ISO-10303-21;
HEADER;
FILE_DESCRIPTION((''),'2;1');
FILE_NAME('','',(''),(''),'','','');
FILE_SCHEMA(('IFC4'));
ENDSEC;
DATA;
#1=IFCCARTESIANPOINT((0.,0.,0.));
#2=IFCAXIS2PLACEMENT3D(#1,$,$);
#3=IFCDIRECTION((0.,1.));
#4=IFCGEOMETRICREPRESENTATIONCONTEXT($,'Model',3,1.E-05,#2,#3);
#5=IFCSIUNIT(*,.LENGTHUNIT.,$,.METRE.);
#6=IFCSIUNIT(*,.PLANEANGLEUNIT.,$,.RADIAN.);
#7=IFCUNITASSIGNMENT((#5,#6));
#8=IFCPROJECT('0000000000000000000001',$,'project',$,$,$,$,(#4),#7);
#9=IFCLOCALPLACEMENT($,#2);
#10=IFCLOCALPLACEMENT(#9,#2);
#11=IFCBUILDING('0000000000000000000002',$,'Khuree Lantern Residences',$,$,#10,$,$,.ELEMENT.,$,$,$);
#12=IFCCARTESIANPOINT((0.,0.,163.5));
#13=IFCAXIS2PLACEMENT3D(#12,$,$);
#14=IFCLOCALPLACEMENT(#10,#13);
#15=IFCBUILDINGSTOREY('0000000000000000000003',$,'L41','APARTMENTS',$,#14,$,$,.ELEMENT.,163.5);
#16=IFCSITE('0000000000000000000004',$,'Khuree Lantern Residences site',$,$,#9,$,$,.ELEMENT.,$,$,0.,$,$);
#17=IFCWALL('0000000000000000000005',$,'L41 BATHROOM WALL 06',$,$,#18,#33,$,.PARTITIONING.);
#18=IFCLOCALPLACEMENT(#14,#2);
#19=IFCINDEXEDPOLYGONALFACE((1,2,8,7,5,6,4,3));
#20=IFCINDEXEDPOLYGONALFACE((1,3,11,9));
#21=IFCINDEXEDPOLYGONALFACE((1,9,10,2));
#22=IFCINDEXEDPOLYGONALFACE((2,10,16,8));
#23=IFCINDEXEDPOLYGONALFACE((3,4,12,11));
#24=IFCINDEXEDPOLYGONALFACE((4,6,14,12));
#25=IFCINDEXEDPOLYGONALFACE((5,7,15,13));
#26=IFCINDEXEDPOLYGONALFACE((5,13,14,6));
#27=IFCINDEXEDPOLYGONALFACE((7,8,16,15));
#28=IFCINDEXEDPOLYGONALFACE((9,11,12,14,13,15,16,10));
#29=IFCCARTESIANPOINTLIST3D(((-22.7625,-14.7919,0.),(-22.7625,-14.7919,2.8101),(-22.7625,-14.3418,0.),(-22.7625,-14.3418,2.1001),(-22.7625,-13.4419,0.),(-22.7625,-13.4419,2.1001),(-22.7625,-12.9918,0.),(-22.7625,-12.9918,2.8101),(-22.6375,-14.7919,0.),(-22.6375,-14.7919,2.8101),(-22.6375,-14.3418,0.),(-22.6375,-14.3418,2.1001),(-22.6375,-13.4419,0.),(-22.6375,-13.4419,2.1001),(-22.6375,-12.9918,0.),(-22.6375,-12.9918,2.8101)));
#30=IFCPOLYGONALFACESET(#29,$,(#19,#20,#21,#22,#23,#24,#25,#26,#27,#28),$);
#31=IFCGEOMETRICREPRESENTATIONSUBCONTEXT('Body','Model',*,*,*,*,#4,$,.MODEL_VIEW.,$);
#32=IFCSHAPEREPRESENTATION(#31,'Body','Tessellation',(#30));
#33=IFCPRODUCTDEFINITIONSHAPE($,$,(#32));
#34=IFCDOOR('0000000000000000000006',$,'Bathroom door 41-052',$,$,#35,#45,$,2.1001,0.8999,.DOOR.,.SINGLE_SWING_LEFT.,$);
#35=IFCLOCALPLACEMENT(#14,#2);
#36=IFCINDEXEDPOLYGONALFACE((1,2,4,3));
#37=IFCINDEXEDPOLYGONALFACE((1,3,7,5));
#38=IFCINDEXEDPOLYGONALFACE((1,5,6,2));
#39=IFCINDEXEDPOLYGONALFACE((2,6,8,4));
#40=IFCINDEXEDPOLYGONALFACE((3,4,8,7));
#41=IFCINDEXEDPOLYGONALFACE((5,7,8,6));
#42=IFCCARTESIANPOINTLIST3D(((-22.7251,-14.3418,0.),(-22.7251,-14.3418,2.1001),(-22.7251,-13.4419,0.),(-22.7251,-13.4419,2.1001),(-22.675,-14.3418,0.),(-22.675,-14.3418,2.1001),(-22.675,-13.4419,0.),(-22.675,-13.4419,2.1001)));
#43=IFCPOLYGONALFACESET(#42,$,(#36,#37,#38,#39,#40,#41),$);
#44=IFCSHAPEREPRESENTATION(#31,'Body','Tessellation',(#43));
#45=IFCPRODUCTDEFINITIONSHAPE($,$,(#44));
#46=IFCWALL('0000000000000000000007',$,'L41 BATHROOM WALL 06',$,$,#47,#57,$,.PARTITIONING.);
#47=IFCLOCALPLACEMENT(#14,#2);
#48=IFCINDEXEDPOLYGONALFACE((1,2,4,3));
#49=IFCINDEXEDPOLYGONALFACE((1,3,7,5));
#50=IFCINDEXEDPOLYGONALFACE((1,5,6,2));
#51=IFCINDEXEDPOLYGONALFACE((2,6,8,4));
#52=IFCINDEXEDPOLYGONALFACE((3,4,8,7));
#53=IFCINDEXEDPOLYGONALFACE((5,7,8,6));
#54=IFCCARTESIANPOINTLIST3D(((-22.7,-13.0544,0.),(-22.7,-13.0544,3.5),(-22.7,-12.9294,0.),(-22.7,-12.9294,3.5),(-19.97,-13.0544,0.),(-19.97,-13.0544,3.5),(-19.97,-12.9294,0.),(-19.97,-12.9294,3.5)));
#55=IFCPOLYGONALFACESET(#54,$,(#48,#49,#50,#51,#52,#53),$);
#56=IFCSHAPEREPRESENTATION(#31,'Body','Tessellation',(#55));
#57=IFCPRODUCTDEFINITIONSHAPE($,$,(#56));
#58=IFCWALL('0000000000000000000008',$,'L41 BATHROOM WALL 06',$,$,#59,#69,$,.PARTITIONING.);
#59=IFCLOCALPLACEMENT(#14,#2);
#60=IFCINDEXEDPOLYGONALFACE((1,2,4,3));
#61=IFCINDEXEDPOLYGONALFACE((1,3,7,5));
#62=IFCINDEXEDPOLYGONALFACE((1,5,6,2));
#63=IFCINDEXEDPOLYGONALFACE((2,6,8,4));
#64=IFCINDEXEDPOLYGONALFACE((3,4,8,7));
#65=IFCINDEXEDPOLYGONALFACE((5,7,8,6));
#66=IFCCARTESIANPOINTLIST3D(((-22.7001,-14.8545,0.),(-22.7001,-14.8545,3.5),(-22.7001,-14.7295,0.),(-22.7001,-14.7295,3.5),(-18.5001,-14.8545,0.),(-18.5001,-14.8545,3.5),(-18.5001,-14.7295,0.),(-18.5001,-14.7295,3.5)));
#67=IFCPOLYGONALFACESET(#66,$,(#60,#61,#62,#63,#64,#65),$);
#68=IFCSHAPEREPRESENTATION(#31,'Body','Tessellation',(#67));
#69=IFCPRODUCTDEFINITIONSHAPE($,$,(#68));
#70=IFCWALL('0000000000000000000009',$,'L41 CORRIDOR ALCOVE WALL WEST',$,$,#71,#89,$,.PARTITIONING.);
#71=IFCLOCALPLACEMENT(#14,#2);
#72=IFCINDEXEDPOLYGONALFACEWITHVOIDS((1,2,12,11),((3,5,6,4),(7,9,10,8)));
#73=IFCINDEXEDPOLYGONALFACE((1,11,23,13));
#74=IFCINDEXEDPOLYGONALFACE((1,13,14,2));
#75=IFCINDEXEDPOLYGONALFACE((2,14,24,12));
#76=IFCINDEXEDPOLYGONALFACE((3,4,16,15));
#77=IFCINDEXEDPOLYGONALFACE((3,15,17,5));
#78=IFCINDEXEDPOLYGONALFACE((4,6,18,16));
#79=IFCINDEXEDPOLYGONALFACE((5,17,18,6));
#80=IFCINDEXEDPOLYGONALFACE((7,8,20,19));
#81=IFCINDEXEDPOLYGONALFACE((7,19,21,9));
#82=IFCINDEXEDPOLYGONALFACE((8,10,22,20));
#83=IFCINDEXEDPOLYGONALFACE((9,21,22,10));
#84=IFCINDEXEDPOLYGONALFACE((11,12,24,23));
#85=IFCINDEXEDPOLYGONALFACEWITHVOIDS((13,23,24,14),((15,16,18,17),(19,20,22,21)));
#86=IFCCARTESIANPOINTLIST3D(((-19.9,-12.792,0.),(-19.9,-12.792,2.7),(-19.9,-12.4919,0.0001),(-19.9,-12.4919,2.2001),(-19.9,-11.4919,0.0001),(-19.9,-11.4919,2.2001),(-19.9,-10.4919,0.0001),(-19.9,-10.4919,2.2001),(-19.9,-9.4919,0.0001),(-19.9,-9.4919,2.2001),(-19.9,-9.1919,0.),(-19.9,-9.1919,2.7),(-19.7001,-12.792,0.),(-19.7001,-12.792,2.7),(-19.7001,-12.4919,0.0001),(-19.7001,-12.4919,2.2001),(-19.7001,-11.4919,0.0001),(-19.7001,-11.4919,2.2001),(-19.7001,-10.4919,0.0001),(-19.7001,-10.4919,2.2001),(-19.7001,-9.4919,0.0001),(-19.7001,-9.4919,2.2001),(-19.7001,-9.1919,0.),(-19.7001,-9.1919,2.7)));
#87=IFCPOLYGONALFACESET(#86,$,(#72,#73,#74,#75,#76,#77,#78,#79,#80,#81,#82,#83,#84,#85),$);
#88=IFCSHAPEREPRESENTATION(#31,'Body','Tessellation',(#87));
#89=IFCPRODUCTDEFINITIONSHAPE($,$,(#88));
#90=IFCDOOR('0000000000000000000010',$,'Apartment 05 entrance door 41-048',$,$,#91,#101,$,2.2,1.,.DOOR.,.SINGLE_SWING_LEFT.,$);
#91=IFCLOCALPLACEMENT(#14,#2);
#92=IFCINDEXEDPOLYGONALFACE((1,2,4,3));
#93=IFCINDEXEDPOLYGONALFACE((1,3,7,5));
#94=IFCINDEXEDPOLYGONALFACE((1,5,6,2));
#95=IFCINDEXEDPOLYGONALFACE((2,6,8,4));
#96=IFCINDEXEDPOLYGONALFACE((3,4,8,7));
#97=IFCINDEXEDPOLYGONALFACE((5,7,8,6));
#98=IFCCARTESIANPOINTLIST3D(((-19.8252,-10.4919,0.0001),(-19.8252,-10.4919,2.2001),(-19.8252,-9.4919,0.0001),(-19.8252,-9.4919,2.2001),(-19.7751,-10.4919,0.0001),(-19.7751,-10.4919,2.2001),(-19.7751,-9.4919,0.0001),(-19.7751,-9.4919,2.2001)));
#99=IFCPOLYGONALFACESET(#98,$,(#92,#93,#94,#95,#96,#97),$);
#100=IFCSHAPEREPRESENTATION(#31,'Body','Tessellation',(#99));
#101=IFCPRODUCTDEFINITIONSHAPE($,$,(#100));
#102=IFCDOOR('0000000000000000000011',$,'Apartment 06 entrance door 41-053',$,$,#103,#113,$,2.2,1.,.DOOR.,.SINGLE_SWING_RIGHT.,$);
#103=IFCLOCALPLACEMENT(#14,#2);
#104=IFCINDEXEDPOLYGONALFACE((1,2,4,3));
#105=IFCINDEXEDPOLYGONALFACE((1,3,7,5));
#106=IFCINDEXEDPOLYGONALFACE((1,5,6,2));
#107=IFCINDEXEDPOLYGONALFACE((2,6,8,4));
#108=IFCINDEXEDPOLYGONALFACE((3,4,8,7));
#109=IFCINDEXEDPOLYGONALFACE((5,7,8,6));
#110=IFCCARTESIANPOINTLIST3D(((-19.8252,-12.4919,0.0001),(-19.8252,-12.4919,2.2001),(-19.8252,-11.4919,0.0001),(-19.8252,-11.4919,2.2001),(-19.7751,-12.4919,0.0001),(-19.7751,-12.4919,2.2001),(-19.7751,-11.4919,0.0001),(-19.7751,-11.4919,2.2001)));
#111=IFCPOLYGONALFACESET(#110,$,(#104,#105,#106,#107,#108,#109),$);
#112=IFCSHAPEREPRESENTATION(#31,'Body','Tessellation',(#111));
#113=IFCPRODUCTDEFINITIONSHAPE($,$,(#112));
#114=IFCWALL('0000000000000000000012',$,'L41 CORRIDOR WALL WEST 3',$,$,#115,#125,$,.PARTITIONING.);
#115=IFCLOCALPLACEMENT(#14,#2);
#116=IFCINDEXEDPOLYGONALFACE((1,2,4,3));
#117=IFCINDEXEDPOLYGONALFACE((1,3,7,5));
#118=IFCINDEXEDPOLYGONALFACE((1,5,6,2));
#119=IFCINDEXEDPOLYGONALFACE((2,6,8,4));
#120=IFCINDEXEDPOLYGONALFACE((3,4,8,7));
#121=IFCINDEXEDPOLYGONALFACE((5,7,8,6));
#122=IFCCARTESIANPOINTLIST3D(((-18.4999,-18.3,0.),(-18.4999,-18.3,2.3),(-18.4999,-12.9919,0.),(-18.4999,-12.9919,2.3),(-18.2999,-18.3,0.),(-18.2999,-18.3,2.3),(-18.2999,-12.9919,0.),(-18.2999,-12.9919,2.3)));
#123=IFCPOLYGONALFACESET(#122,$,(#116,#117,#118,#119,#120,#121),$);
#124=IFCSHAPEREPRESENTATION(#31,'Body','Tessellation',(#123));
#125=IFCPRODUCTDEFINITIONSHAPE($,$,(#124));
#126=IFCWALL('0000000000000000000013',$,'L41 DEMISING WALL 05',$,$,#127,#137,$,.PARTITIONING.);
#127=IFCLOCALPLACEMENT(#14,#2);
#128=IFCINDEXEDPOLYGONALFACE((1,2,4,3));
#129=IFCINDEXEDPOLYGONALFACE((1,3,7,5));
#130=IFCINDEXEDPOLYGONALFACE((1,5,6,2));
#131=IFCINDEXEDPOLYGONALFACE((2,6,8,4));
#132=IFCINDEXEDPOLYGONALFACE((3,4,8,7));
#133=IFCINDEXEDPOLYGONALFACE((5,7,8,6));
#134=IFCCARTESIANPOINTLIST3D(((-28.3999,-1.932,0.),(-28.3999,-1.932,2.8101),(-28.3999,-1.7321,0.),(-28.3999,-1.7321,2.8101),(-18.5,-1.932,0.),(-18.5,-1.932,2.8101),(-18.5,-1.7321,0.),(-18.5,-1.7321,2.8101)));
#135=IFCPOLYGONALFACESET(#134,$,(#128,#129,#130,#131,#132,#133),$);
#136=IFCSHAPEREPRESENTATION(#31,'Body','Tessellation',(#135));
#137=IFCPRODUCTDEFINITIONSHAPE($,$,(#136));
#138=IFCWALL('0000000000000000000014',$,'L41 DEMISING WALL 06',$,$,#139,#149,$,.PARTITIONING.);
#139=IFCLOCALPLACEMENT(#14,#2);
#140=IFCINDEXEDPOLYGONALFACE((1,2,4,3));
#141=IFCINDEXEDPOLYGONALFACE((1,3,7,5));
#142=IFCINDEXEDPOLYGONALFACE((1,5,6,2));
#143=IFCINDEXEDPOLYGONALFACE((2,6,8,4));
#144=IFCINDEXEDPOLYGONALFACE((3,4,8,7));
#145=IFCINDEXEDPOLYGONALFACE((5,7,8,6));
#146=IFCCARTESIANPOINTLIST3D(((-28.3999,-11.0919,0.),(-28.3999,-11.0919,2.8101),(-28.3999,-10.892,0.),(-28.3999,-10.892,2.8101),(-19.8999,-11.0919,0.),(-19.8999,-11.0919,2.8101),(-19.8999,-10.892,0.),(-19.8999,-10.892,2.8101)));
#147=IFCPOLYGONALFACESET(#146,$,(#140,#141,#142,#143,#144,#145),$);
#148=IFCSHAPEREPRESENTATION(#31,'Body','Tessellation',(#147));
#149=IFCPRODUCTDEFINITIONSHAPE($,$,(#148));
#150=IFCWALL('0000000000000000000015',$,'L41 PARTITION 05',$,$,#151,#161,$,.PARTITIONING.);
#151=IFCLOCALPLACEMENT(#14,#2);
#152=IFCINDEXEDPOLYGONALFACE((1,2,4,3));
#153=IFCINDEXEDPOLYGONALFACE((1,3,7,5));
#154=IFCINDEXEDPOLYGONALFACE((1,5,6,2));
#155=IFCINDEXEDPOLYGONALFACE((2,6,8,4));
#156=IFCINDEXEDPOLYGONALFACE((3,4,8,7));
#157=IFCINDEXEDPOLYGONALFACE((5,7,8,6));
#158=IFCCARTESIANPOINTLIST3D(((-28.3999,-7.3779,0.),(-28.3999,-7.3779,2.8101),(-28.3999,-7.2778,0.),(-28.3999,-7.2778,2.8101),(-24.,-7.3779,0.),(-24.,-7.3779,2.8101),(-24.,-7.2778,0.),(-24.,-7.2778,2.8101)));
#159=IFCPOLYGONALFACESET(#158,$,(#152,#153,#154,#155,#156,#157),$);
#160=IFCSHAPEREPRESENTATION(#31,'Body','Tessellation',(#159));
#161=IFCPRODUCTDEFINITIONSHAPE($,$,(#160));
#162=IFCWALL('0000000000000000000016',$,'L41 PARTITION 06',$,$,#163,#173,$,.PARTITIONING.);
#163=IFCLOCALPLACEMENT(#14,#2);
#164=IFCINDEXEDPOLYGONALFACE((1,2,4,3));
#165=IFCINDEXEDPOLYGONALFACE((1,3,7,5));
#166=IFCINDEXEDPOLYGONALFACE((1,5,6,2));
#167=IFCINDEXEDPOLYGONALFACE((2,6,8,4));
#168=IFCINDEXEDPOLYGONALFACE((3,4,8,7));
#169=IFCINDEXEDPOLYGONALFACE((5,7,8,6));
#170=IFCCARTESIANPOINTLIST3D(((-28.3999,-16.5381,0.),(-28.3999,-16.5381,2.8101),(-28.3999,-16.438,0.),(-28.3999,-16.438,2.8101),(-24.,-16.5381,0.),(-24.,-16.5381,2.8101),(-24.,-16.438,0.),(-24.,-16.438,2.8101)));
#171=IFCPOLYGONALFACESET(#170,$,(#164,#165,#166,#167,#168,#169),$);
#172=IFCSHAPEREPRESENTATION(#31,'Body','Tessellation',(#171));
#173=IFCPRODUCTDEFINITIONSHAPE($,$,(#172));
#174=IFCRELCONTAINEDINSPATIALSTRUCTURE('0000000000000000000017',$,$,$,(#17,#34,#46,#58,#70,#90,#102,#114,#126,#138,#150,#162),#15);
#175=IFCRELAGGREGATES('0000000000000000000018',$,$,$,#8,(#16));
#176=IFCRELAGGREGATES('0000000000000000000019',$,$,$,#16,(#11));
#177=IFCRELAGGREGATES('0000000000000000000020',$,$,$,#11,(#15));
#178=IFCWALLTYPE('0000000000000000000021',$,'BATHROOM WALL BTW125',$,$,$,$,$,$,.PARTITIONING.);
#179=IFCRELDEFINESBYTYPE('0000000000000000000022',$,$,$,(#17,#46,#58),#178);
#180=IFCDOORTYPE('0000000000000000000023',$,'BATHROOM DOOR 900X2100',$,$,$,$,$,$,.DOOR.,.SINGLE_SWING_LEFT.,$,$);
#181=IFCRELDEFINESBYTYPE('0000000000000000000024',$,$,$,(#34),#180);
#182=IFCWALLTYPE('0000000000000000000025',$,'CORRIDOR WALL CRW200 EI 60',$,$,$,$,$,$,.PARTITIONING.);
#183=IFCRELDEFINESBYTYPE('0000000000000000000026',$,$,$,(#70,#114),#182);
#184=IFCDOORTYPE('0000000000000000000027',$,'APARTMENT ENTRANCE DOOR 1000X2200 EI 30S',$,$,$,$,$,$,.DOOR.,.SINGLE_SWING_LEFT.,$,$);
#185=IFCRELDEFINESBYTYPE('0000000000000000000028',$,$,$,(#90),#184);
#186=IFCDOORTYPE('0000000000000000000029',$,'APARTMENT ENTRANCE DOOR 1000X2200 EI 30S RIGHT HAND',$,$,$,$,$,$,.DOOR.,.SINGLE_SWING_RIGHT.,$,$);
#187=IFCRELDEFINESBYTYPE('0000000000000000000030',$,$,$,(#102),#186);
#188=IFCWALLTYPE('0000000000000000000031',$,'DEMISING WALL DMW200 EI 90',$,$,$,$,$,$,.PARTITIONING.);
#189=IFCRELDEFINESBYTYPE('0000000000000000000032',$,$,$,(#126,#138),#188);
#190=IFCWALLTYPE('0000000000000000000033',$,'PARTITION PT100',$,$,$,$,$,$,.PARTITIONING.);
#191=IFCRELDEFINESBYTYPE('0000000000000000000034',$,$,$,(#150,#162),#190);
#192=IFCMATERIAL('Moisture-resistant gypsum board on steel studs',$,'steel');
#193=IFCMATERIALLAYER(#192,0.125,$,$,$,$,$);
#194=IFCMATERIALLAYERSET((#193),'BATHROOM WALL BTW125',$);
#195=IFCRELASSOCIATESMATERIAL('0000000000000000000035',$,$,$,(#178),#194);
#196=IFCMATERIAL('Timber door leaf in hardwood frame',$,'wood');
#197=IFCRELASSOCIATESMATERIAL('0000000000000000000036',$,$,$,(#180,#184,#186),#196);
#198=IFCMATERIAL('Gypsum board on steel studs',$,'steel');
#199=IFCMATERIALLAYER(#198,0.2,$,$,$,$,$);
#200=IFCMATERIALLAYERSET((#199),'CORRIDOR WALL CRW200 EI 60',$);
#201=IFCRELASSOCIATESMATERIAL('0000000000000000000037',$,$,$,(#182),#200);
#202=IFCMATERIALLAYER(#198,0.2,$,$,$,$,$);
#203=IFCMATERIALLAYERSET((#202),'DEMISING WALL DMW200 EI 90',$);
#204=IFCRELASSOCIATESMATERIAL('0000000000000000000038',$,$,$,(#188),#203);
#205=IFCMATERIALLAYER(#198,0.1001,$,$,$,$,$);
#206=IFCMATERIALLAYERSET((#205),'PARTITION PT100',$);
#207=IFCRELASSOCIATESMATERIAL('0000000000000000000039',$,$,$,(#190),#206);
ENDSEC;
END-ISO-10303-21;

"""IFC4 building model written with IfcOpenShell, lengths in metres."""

from ifc_helpers import new_model, si_unit, direction, frame, frame_2d, origin, place, context, subcontext, project, spatial, rectangle, extrude, material, layer, layer_set, type_object, element, fill, save


model = new_model("IFC4")

# Units and contexts
model_context = context("Model", 3, precision=1e-05, world=origin(), true_north=direction((0.0, 1.0)))
body_context = subcontext(model_context, "Body", "Model", "MODEL_VIEW")
ifc_project = project(units=[si_unit("LENGTHUNIT", "METRE"), si_unit("PLANEANGLEUNIT", "RADIAN")], contexts=[model_context])

# Site, building, storey
site_placement = place(None, origin())
site = spatial("IfcSite", under=ifc_project, at=site_placement, Name="Khuree Lantern Residences site", CompositionType="ELEMENT", RefElevation=0.0)
building_placement = place(site_placement, origin())
building = spatial("IfcBuilding", under=site, at=building_placement, Name="Khuree Lantern Residences", CompositionType="ELEMENT")
storey_placement = place(building_placement, frame((0.0, 0.0, 163.5)))
storey = spatial("IfcBuildingStorey", under=building, at=storey_placement, Name="L41", Description="APARTMENTS", CompositionType="ELEMENT", Elevation=163.5)

# Shared definitions
ifc_material_1 = material(Name="Moisture-resistant gypsum board on steel studs", Category="steel")
ifc_layer_1 = layer(ifc_material_1, 0.125)
ifc_layer_set_1 = layer_set([ifc_layer_1], Name="BATHROOM WALL BTW125")
wall_type_1 = type_object("IfcWallType", Name="BATHROOM WALL BTW125", PredefinedType="PARTITIONING", material=ifc_layer_set_1)
ifc_material_2 = material(Name="Timber door leaf in hardwood frame", Category="wood")
door_type_1 = type_object("IfcDoorType", Name="BATHROOM DOOR 900X2100", OperationType="SINGLE_SWING_LEFT", PredefinedType="DOOR", material=ifc_material_2)

# Wall, opening, door
wall_1_placement = place(storey_placement, frame((-22.7, -12.9919, 0.0), z_axis=(0.0, 0.0, 1.0), x_axis=(0.0, -1.0, 0.0)))
wall_1 = element("IfcWall", 1, at=wall_1_placement, inside=storey, type_object=wall_type_1, Name="L41 BATHROOM WALL 06", PredefinedType="PARTITIONING", context=body_context, shape_type="SweptSolid", body=[
    extrude(rectangle(XDim=1.8, YDim=0.125, at=frame_2d((0.8999, 0.0))), origin(), (0.0, 0.0, 1.0), 2.8101),
])
opening_1_placement = place(wall_1_placement, frame((0.45, 0.0, 0.0)))
opening_1 = element("IfcOpeningElement", 2, at=opening_1_placement, cuts=wall_1, PredefinedType="OPENING", context=body_context, shape_type="SweptSolid", body=[
    extrude(rectangle(XDim=0.8999, YDim=2.1001, at=frame_2d((0.45, 1.05))), frame((0.0, 0.0725, 0.0), z_axis=(0.0, -1.0, 0.0), x_axis=(1.0, 0.0, 0.0)), (0.0, 0.0, 1.0), 0.145),
])
door_1_placement = place(opening_1_placement, origin())
door_1 = element("IfcDoor", 3, at=door_1_placement, inside=storey, type_object=door_type_1, Name="Bathroom door 41-052", OperationType="SINGLE_SWING_LEFT", OverallHeight=2.1001, OverallWidth=0.8999, PredefinedType="DOOR", context=body_context, shape_type="SweptSolid", body=[
    extrude(rectangle(XDim=0.8999, YDim=2.1001, at=frame_2d((0.45, 1.05))), frame((0.0, 0.0249, 0.0), z_axis=(0.0, -1.0, 0.0), x_axis=(1.0, 0.0, 0.0)), (0.0, 0.0, 1.0), 0.05),
])
fill(opening_1, door_1)

# Walls
wall_2_placement = place(storey_placement, frame((-19.97, -12.9919, 0.0), z_axis=(0.0, 0.0, 1.0), x_axis=(-1.0, 0.0, 0.0)))
element("IfcWall", 4, at=wall_2_placement, inside=storey, type_object=wall_type_1, Name="L41 BATHROOM WALL 06", PredefinedType="PARTITIONING", context=body_context, shape_type="SweptSolid", body=[
    extrude(rectangle(XDim=2.73, YDim=0.125, at=frame_2d((1.365, 0.0))), origin(), (0.0, 0.0, 1.0), 3.5),
])
wall_3_placement = place(storey_placement, frame((-18.5, -14.792, 0.0), z_axis=(0.0, 0.0, 1.0), x_axis=(-1.0, 0.0, 0.0)))
element("IfcWall", 5, at=wall_3_placement, inside=storey, type_object=wall_type_1, Name="L41 BATHROOM WALL 06", PredefinedType="PARTITIONING", context=body_context, shape_type="SweptSolid", body=[
    extrude(rectangle(XDim=4.2, YDim=0.125, at=frame_2d((2.1001, 0.0))), origin(), (0.0, 0.0, 1.0), 3.5),
])

# Wall, openings, doors
ifc_material_3 = material(Name="Gypsum board on steel studs", Category="steel")
ifc_layer_2 = layer(ifc_material_3, 0.2)
ifc_layer_set_2 = layer_set([ifc_layer_2], Name="CORRIDOR WALL CRW200 EI 60")
wall_type_2 = type_object("IfcWallType", Name="CORRIDOR WALL CRW200 EI 60", PredefinedType="PARTITIONING", material=ifc_layer_set_2)
wall_4_placement = place(storey_placement, frame((-19.8, -9.1919, 0.0), z_axis=(0.0, 0.0, 1.0), x_axis=(0.0, -1.0, 0.0)))
wall_4 = element("IfcWall", 6, at=wall_4_placement, inside=storey, type_object=wall_type_2, Name="L41 CORRIDOR ALCOVE WALL WEST", PredefinedType="PARTITIONING", context=body_context, shape_type="SweptSolid", body=[
    extrude(rectangle(XDim=3.6001, YDim=0.2, at=frame_2d((1.8, 0.0))), origin(), (0.0, 0.0, 1.0), 2.7),
])
opening_2_placement = place(wall_4_placement, frame((0.3, 0.0, 0.0)))
opening_2 = element("IfcOpeningElement", 7, at=opening_2_placement, cuts=wall_4, PredefinedType="OPENING", context=body_context, shape_type="SweptSolid", body=[
    extrude(rectangle(XDim=1.0, YDim=2.2, at=frame_2d((0.5, 1.1001))), frame((0.0, 0.1099, 0.0), z_axis=(0.0, -1.0, 0.0), x_axis=(1.0, 0.0, 0.0)), (0.0, 0.0, 1.0), 0.22),
])
opening_3_placement = place(wall_4_placement, frame((2.3, 0.0, 0.0)))
opening_3 = element("IfcOpeningElement", 8, at=opening_3_placement, cuts=wall_4, PredefinedType="OPENING", context=body_context, shape_type="SweptSolid", body=[
    extrude(rectangle(XDim=1.0, YDim=2.2, at=frame_2d((0.5, 1.1001))), frame((0.0, 0.1099, 0.0), z_axis=(0.0, -1.0, 0.0), x_axis=(1.0, 0.0, 0.0)), (0.0, 0.0, 1.0), 0.22),
])
door_type_2 = type_object("IfcDoorType", Name="APARTMENT ENTRANCE DOOR 1000X2200 EI 30S", OperationType="SINGLE_SWING_LEFT", PredefinedType="DOOR", material=ifc_material_2)
door_2_placement = place(opening_2_placement, origin())
door_2 = element("IfcDoor", 9, at=door_2_placement, inside=storey, type_object=door_type_2, Name="Apartment 05 entrance door 41-048", OperationType="SINGLE_SWING_LEFT", OverallHeight=2.2, OverallWidth=1.0, PredefinedType="DOOR", context=body_context, shape_type="SweptSolid", body=[
    extrude(rectangle(XDim=1.0, YDim=2.2, at=frame_2d((0.5, 1.1001))), frame((0.0, 0.0249, 0.0), z_axis=(0.0, -1.0, 0.0), x_axis=(1.0, 0.0, 0.0)), (0.0, 0.0, 1.0), 0.05),
])
fill(opening_2, door_2)
door_type_3 = type_object("IfcDoorType", Name="APARTMENT ENTRANCE DOOR 1000X2200 EI 30S RIGHT HAND", OperationType="SINGLE_SWING_RIGHT", PredefinedType="DOOR", material=ifc_material_2)
door_3_placement = place(opening_3_placement, origin())
door_3 = element("IfcDoor", 10, at=door_3_placement, inside=storey, type_object=door_type_3, Name="Apartment 06 entrance door 41-053", OperationType="SINGLE_SWING_RIGHT", OverallHeight=2.2, OverallWidth=1.0, PredefinedType="DOOR", context=body_context, shape_type="SweptSolid", body=[
    extrude(rectangle(XDim=1.0, YDim=2.2, at=frame_2d((0.5, 1.1001))), frame((0.0, 0.0249, 0.0), z_axis=(0.0, -1.0, 0.0), x_axis=(1.0, 0.0, 0.0)), (0.0, 0.0, 1.0), 0.05),
])
fill(opening_3, door_3)

# Walls
wall_5_placement = place(storey_placement, frame((-18.3999, -12.9919, 0.0), z_axis=(0.0, 0.0, 1.0), x_axis=(0.0, -1.0, 0.0)))
element("IfcWall", 11, at=wall_5_placement, inside=storey, type_object=wall_type_2, Name="L41 CORRIDOR WALL WEST 3", PredefinedType="PARTITIONING", context=body_context, shape_type="SweptSolid", body=[
    extrude(rectangle(XDim=5.3081, YDim=0.2, at=frame_2d((2.6541, 0.0))), origin(), (0.0, 0.0, 1.0), 2.3),
])
ifc_layer_3 = layer(ifc_material_3, 0.2)
ifc_layer_set_3 = layer_set([ifc_layer_3], Name="DEMISING WALL DMW200 EI 90")
wall_type_3 = type_object("IfcWallType", Name="DEMISING WALL DMW200 EI 90", PredefinedType="PARTITIONING", material=ifc_layer_set_3)
wall_6_placement = place(storey_placement, frame((-18.5, -1.832, 0.0), z_axis=(0.0, 0.0, 1.0), x_axis=(-1.0, 0.0, 0.0)))
element("IfcWall", 12, at=wall_6_placement, inside=storey, type_object=wall_type_3, Name="L41 DEMISING WALL 05", PredefinedType="PARTITIONING", context=body_context, shape_type="SweptSolid", body=[
    extrude(rectangle(XDim=9.8999, YDim=0.2, at=frame_2d((4.95, 0.0))), origin(), (0.0, 0.0, 1.0), 2.8101),
])
wall_7_placement = place(storey_placement, frame((-19.8999, -10.9919, 0.0), z_axis=(0.0, 0.0, 1.0), x_axis=(-1.0, 0.0, 0.0)))
element("IfcWall", 13, at=wall_7_placement, inside=storey, type_object=wall_type_3, Name="L41 DEMISING WALL 06", PredefinedType="PARTITIONING", context=body_context, shape_type="SweptSolid", body=[
    extrude(rectangle(XDim=8.5, YDim=0.2, at=frame_2d((4.25, 0.0))), origin(), (0.0, 0.0, 1.0), 2.8101),
])
ifc_layer_4 = layer(ifc_material_3, 0.1001)
ifc_layer_set_4 = layer_set([ifc_layer_4], Name="PARTITION PT100")
wall_type_4 = type_object("IfcWallType", Name="PARTITION PT100", PredefinedType="PARTITIONING", material=ifc_layer_set_4)
for number, where, z_axis, x_axis, name in (
    (14, (-24.0, -7.3279, 0.0), (0.0, 0.0, 1.0), (-1.0, 0.0, 0.0), "L41 PARTITION 05"),
    (15, (-24.0, -16.488, 0.0), (0.0, 0.0, 1.0), (-1.0, 0.0, 0.0), "L41 PARTITION 06"),
):
    element("IfcWall", number, at=place(storey_placement, frame(where, z_axis=z_axis, x_axis=x_axis)), inside=storey, type_object=wall_type_4, Name=name, PredefinedType="PARTITIONING", context=body_context, shape_type="SweptSolid", body=[
        extrude(rectangle(XDim=4.3999, YDim=0.1001, at=frame_2d((2.2, 0.0))), origin(), (0.0, 0.0, 1.0), 2.8101),
    ])

save(model, "model.ifc")
